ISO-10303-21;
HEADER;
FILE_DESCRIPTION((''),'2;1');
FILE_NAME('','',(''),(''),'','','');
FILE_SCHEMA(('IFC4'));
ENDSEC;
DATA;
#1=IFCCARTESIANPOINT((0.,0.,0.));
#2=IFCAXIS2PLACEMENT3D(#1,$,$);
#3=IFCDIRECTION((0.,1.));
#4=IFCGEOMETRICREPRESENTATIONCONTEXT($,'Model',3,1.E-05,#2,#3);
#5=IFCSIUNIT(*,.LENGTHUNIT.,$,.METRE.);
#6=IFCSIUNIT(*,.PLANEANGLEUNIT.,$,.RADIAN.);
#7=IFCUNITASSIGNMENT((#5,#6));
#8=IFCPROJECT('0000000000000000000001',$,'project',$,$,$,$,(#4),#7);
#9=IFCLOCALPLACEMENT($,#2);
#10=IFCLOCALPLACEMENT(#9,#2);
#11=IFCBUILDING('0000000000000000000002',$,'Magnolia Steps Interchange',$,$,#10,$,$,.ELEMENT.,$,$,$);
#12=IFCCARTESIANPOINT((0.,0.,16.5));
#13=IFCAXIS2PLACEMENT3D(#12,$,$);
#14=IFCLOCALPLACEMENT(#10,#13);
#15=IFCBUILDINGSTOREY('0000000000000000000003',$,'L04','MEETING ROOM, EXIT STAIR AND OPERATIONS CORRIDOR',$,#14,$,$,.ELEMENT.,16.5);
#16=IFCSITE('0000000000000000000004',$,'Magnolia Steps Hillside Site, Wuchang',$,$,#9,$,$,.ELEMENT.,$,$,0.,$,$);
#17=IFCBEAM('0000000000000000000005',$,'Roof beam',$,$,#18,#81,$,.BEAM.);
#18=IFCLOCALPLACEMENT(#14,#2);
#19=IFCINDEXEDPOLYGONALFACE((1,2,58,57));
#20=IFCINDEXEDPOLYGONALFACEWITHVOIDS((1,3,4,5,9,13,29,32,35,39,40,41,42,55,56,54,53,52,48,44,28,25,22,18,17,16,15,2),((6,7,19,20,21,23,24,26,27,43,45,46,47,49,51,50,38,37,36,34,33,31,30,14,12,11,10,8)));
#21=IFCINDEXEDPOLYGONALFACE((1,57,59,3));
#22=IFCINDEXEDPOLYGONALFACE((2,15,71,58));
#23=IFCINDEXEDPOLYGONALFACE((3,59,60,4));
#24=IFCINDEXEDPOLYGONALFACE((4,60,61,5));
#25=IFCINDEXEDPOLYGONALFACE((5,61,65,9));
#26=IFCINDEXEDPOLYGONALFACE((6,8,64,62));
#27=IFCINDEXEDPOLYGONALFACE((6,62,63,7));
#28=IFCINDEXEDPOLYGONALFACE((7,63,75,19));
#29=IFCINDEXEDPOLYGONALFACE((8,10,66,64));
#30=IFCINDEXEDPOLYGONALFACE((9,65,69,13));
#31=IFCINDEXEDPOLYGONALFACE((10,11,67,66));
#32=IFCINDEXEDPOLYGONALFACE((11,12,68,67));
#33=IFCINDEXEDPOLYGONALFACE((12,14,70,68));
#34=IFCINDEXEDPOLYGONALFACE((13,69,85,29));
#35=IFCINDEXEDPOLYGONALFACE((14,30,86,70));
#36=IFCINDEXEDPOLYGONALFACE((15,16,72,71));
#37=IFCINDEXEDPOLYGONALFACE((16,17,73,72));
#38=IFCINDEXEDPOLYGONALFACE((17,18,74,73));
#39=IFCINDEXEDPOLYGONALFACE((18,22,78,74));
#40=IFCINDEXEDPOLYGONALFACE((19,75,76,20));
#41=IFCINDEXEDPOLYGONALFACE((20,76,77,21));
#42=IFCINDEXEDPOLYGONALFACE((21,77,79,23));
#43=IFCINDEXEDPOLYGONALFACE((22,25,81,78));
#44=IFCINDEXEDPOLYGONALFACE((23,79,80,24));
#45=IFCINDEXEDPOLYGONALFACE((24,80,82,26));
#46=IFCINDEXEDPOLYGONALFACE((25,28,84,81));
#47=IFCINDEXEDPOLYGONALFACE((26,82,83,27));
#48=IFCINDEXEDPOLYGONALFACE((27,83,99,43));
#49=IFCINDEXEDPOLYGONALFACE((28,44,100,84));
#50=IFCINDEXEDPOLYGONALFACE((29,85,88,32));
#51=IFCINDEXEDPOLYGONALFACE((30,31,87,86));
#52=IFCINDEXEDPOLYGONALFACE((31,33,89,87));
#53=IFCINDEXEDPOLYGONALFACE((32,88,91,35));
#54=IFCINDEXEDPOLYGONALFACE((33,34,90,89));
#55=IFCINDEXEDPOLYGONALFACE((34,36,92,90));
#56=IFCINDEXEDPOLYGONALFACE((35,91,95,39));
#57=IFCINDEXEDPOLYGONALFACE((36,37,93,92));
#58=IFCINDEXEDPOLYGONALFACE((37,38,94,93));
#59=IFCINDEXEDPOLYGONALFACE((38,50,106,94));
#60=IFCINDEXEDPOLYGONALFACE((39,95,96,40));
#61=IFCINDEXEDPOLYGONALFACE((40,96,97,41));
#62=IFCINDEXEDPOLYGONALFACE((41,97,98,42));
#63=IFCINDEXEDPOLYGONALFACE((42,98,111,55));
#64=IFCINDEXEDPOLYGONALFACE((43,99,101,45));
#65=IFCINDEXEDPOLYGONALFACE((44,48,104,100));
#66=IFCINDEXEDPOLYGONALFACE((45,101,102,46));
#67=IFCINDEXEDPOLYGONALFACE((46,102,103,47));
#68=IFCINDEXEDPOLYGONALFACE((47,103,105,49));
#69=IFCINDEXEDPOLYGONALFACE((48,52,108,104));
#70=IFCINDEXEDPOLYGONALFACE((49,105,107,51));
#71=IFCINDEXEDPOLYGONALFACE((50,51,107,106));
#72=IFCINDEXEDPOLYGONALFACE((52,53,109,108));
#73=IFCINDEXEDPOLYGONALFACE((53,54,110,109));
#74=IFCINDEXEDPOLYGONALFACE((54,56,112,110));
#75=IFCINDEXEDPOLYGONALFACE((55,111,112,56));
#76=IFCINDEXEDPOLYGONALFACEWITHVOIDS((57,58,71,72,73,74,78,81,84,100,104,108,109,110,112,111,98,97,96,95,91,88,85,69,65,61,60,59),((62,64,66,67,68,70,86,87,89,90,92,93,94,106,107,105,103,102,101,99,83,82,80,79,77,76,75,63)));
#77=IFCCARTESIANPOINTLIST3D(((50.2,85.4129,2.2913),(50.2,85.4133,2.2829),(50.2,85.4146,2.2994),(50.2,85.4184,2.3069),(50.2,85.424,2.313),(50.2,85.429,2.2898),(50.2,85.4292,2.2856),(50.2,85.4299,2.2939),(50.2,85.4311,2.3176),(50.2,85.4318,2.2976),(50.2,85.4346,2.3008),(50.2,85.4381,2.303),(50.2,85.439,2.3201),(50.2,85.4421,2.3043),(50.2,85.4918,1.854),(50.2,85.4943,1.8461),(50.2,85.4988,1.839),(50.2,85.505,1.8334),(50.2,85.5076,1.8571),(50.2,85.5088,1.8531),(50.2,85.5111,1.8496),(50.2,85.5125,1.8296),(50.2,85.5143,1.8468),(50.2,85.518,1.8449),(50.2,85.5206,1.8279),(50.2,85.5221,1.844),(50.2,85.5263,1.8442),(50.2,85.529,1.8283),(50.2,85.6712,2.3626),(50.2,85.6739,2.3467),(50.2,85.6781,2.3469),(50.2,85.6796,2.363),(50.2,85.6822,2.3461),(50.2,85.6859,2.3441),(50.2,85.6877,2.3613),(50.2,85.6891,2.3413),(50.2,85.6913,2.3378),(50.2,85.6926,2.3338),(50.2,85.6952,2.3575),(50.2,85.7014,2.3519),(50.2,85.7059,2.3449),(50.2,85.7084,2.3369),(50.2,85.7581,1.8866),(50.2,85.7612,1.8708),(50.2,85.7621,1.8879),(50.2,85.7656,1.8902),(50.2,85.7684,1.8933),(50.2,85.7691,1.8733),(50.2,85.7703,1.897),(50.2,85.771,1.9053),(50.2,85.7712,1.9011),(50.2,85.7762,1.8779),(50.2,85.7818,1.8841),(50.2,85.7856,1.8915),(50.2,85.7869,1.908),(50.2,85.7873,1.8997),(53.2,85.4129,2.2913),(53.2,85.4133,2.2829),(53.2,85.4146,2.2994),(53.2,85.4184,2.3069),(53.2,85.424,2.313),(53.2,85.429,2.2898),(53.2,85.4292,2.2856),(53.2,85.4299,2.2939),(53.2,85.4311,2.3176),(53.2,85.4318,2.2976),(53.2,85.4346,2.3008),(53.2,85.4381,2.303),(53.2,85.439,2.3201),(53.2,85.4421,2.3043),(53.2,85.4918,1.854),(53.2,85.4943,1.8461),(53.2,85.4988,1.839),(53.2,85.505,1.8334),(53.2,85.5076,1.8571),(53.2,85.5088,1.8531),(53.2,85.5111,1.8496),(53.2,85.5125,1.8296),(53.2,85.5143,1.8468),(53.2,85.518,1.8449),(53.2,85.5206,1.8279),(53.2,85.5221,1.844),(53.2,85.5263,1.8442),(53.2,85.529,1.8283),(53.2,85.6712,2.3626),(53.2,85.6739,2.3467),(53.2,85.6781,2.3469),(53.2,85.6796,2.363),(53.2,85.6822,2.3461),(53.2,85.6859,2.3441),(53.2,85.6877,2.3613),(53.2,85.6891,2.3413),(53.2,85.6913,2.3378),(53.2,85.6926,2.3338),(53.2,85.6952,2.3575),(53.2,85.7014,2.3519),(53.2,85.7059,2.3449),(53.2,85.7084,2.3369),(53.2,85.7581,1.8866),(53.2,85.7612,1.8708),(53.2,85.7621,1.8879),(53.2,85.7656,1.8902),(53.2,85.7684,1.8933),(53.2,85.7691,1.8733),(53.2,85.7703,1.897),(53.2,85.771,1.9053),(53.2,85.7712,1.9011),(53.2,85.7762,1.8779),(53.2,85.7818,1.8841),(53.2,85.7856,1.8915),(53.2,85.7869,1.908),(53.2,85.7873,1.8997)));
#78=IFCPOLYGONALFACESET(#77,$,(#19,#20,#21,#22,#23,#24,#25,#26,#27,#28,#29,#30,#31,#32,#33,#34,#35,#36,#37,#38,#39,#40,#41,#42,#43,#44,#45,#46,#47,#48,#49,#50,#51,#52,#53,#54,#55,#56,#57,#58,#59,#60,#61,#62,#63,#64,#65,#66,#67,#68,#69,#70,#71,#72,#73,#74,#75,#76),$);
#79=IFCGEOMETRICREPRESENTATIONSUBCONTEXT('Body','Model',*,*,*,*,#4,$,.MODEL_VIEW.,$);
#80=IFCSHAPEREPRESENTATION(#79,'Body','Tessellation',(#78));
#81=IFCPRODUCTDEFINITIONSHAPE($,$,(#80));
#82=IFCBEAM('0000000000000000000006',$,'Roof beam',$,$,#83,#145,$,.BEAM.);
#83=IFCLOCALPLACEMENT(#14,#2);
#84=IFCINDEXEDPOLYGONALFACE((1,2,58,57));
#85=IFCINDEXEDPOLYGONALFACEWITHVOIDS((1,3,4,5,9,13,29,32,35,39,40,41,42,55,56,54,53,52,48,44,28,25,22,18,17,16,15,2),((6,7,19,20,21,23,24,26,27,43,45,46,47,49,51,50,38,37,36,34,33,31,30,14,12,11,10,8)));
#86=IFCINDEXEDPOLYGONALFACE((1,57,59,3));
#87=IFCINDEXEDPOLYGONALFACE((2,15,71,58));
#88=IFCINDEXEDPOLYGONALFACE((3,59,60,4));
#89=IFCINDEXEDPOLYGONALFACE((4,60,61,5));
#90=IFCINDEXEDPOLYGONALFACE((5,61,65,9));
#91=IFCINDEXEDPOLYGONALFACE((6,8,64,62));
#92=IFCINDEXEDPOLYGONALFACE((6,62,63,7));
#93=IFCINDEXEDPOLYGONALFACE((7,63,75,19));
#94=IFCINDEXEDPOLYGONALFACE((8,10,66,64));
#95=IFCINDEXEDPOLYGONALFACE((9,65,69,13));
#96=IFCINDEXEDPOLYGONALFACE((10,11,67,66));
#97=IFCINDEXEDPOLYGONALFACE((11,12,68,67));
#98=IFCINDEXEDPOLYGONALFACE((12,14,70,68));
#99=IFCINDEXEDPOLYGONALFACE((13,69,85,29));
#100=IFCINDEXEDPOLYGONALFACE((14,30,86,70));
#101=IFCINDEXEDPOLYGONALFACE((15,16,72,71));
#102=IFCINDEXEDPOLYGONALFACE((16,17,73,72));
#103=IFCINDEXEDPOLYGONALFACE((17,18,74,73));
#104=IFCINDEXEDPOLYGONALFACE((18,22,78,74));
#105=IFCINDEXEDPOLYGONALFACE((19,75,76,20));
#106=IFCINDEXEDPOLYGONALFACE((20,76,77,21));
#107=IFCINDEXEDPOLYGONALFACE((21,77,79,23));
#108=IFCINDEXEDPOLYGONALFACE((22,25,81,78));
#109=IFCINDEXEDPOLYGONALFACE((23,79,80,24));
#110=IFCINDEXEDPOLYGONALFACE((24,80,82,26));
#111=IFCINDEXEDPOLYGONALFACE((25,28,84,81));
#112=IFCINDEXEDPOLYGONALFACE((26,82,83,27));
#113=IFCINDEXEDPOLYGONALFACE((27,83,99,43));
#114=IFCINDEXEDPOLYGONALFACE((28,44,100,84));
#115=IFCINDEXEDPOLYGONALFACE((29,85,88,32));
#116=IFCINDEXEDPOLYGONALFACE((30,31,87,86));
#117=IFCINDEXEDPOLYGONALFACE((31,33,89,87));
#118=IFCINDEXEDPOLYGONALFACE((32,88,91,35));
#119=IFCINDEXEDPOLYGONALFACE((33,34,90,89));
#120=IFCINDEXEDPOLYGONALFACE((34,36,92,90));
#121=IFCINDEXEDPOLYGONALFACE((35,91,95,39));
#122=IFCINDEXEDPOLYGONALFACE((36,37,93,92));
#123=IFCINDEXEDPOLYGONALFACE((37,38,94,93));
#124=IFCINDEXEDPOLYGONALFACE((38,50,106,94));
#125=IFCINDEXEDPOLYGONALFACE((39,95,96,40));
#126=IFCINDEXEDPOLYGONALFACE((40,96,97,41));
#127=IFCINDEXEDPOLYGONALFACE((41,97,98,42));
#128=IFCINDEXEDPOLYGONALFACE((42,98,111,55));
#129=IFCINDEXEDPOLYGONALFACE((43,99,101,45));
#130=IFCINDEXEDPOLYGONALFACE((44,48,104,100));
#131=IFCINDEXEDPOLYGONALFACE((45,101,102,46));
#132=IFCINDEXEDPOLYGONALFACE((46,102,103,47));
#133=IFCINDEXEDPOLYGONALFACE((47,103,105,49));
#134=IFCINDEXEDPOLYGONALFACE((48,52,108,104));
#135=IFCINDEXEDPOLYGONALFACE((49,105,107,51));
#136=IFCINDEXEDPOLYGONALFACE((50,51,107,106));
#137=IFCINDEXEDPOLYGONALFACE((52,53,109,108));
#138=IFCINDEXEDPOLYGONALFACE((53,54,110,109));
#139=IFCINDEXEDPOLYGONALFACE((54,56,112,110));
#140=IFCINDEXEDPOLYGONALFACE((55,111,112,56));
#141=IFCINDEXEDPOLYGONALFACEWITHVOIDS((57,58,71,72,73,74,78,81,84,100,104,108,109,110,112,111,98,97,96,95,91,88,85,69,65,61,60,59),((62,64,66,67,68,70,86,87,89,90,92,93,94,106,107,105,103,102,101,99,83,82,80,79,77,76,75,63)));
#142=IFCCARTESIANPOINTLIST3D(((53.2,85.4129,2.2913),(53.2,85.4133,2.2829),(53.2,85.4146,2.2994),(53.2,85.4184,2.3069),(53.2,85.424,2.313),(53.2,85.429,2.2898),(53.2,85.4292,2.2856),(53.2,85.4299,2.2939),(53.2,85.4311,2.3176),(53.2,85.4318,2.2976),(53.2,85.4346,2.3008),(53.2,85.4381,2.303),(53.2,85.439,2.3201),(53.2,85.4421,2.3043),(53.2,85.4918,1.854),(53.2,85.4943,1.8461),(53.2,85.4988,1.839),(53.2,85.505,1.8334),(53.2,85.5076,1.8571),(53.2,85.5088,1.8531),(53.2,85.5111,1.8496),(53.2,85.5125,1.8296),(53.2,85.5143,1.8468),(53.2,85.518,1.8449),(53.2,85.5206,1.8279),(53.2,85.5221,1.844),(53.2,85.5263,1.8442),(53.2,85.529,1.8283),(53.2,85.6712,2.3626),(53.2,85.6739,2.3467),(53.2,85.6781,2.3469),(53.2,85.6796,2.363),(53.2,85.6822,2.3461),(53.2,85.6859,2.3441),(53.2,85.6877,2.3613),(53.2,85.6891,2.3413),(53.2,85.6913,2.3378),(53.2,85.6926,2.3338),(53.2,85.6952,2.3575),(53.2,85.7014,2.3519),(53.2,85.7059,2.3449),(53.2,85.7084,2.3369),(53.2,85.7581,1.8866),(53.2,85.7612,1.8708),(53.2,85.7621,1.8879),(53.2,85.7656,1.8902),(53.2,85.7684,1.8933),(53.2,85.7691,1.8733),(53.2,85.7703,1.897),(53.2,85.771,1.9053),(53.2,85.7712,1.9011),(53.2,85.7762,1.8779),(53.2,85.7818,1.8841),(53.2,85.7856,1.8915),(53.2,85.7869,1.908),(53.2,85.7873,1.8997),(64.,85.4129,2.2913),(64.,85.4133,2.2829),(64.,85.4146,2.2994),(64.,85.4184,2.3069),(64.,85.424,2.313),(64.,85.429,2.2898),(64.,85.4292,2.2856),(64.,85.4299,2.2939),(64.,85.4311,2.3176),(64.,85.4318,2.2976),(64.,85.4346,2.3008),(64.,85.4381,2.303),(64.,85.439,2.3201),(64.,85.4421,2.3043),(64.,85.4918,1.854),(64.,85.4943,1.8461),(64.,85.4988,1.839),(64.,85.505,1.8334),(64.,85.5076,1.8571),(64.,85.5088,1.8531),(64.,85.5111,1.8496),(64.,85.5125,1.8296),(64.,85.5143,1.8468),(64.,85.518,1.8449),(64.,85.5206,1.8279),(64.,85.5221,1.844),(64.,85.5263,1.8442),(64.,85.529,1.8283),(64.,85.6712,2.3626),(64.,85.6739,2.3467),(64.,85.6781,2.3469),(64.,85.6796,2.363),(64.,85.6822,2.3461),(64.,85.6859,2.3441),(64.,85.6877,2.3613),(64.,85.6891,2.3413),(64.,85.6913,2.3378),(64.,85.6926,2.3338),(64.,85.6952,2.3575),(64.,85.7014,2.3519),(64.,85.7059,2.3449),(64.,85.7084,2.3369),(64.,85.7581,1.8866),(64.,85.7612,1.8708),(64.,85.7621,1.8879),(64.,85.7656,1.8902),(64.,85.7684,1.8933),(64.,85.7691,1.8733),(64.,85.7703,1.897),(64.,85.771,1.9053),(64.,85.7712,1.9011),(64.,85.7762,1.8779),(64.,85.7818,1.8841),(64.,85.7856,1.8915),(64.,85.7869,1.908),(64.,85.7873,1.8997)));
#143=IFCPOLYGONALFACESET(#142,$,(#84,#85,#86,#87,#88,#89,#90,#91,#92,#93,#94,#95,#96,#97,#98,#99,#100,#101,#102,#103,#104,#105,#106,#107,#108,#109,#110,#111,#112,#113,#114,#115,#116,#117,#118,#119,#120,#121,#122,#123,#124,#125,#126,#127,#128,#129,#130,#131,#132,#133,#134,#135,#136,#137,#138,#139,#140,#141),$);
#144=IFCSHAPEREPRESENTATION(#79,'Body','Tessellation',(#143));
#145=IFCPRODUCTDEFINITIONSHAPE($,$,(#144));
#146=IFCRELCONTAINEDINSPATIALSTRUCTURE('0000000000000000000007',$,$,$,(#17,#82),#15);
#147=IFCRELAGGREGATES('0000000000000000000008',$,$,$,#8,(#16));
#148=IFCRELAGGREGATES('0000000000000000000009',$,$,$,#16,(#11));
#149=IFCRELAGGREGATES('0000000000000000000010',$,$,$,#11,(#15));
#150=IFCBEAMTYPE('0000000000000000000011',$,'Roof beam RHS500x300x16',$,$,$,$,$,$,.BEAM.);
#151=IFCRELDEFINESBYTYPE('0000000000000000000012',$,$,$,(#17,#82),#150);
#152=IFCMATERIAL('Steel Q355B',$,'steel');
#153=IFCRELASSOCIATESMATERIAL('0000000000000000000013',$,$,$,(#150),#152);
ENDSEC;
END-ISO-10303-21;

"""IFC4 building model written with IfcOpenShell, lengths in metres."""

from ifc_helpers import new_model, si_unit, direction, frame, origin, origin_2d, place, context, subcontext, project, spatial, hollow_rectangle, extrude, material, material_profile, profile_set, type_object, element, save


model = new_model("IFC4")

# Units and contexts
model_context = context("Model", 3, precision=1e-05, world=origin(), true_north=direction((0.0, 1.0)))
body_context = subcontext(model_context, "Body", "Model", "MODEL_VIEW")
ifc_project = project(units=[si_unit("LENGTHUNIT", "METRE"), si_unit("PLANEANGLEUNIT", "RADIAN")], contexts=[model_context])

# Site, building, storey
site_placement = place(None, origin())
site = spatial("IfcSite", under=ifc_project, at=site_placement, Name="Magnolia Steps Hillside Site, Wuchang", CompositionType="ELEMENT", RefElevation=0.0)
building_placement = place(site_placement, origin())
building = spatial("IfcBuilding", under=site, at=building_placement, Name="Magnolia Steps Interchange", CompositionType="ELEMENT")
storey_placement = place(building_placement, frame((0.0, 0.0, 16.5)))
storey = spatial("IfcBuildingStorey", under=building, at=storey_placement, Name="L04", Description="MEETING ROOM, EXIT STAIR AND OPERATIONS CORRIDOR", CompositionType="ELEMENT", Elevation=16.5)

# Beams
ifc_material_1 = material(Name="Steel Q355B", Category="steel")
ifc_material_profile_1 = material_profile(ifc_material_1, hollow_rectangle(XDim=0.3, YDim=0.5, WallThickness=0.0161, InnerFilletRadius=0.0161, OuterFilletRadius=0.032, at=origin_2d()), Name="RHS500x300x16")
ifc_profile_set_1 = profile_set([ifc_material_profile_1], Name="Steel Q355B")
beam_type_1 = type_object("IfcBeamType", Name="Roof beam RHS500x300x16", PredefinedType="BEAM", material=ifc_profile_set_1)
beam_1_placement = place(storey_placement, frame((50.2, 85.6001, 2.0955), z_axis=(1.0, 0.0, 0.0), x_axis=(0.0, 0.983677, 0.179941)))
element("IfcBeam", 1, at=beam_1_placement, inside=storey, type_object=beam_type_1, Name="Roof beam", PredefinedType="BEAM", context=body_context, shape_type="SweptSolid", body=[
    extrude(hollow_rectangle(XDim=0.3, YDim=0.5, WallThickness=0.0161, InnerFilletRadius=0.0161, OuterFilletRadius=0.032, at=origin_2d()), origin(), (0.0, 0.0, 1.0), 3.0),
])
for number, where, z_axis, x_axis, name in (
    (2, (53.2, 85.6001, 2.0955), (1.0, 0.0, 0.0), (0.0, 0.983677, 0.179941), "Roof beam"),
):
    element("IfcBeam", number, at=place(storey_placement, frame(where, z_axis=z_axis, x_axis=x_axis)), inside=storey, type_object=beam_type_1, Name=name, PredefinedType="BEAM", context=body_context, shape_type="SweptSolid", body=[
        extrude(hollow_rectangle(XDim=0.3, YDim=0.5, WallThickness=0.0161, InnerFilletRadius=0.0161, OuterFilletRadius=0.032, at=origin_2d()), origin(), (0.0, 0.0, 1.0), 10.8),
    ])

save(model, "model.ifc")
